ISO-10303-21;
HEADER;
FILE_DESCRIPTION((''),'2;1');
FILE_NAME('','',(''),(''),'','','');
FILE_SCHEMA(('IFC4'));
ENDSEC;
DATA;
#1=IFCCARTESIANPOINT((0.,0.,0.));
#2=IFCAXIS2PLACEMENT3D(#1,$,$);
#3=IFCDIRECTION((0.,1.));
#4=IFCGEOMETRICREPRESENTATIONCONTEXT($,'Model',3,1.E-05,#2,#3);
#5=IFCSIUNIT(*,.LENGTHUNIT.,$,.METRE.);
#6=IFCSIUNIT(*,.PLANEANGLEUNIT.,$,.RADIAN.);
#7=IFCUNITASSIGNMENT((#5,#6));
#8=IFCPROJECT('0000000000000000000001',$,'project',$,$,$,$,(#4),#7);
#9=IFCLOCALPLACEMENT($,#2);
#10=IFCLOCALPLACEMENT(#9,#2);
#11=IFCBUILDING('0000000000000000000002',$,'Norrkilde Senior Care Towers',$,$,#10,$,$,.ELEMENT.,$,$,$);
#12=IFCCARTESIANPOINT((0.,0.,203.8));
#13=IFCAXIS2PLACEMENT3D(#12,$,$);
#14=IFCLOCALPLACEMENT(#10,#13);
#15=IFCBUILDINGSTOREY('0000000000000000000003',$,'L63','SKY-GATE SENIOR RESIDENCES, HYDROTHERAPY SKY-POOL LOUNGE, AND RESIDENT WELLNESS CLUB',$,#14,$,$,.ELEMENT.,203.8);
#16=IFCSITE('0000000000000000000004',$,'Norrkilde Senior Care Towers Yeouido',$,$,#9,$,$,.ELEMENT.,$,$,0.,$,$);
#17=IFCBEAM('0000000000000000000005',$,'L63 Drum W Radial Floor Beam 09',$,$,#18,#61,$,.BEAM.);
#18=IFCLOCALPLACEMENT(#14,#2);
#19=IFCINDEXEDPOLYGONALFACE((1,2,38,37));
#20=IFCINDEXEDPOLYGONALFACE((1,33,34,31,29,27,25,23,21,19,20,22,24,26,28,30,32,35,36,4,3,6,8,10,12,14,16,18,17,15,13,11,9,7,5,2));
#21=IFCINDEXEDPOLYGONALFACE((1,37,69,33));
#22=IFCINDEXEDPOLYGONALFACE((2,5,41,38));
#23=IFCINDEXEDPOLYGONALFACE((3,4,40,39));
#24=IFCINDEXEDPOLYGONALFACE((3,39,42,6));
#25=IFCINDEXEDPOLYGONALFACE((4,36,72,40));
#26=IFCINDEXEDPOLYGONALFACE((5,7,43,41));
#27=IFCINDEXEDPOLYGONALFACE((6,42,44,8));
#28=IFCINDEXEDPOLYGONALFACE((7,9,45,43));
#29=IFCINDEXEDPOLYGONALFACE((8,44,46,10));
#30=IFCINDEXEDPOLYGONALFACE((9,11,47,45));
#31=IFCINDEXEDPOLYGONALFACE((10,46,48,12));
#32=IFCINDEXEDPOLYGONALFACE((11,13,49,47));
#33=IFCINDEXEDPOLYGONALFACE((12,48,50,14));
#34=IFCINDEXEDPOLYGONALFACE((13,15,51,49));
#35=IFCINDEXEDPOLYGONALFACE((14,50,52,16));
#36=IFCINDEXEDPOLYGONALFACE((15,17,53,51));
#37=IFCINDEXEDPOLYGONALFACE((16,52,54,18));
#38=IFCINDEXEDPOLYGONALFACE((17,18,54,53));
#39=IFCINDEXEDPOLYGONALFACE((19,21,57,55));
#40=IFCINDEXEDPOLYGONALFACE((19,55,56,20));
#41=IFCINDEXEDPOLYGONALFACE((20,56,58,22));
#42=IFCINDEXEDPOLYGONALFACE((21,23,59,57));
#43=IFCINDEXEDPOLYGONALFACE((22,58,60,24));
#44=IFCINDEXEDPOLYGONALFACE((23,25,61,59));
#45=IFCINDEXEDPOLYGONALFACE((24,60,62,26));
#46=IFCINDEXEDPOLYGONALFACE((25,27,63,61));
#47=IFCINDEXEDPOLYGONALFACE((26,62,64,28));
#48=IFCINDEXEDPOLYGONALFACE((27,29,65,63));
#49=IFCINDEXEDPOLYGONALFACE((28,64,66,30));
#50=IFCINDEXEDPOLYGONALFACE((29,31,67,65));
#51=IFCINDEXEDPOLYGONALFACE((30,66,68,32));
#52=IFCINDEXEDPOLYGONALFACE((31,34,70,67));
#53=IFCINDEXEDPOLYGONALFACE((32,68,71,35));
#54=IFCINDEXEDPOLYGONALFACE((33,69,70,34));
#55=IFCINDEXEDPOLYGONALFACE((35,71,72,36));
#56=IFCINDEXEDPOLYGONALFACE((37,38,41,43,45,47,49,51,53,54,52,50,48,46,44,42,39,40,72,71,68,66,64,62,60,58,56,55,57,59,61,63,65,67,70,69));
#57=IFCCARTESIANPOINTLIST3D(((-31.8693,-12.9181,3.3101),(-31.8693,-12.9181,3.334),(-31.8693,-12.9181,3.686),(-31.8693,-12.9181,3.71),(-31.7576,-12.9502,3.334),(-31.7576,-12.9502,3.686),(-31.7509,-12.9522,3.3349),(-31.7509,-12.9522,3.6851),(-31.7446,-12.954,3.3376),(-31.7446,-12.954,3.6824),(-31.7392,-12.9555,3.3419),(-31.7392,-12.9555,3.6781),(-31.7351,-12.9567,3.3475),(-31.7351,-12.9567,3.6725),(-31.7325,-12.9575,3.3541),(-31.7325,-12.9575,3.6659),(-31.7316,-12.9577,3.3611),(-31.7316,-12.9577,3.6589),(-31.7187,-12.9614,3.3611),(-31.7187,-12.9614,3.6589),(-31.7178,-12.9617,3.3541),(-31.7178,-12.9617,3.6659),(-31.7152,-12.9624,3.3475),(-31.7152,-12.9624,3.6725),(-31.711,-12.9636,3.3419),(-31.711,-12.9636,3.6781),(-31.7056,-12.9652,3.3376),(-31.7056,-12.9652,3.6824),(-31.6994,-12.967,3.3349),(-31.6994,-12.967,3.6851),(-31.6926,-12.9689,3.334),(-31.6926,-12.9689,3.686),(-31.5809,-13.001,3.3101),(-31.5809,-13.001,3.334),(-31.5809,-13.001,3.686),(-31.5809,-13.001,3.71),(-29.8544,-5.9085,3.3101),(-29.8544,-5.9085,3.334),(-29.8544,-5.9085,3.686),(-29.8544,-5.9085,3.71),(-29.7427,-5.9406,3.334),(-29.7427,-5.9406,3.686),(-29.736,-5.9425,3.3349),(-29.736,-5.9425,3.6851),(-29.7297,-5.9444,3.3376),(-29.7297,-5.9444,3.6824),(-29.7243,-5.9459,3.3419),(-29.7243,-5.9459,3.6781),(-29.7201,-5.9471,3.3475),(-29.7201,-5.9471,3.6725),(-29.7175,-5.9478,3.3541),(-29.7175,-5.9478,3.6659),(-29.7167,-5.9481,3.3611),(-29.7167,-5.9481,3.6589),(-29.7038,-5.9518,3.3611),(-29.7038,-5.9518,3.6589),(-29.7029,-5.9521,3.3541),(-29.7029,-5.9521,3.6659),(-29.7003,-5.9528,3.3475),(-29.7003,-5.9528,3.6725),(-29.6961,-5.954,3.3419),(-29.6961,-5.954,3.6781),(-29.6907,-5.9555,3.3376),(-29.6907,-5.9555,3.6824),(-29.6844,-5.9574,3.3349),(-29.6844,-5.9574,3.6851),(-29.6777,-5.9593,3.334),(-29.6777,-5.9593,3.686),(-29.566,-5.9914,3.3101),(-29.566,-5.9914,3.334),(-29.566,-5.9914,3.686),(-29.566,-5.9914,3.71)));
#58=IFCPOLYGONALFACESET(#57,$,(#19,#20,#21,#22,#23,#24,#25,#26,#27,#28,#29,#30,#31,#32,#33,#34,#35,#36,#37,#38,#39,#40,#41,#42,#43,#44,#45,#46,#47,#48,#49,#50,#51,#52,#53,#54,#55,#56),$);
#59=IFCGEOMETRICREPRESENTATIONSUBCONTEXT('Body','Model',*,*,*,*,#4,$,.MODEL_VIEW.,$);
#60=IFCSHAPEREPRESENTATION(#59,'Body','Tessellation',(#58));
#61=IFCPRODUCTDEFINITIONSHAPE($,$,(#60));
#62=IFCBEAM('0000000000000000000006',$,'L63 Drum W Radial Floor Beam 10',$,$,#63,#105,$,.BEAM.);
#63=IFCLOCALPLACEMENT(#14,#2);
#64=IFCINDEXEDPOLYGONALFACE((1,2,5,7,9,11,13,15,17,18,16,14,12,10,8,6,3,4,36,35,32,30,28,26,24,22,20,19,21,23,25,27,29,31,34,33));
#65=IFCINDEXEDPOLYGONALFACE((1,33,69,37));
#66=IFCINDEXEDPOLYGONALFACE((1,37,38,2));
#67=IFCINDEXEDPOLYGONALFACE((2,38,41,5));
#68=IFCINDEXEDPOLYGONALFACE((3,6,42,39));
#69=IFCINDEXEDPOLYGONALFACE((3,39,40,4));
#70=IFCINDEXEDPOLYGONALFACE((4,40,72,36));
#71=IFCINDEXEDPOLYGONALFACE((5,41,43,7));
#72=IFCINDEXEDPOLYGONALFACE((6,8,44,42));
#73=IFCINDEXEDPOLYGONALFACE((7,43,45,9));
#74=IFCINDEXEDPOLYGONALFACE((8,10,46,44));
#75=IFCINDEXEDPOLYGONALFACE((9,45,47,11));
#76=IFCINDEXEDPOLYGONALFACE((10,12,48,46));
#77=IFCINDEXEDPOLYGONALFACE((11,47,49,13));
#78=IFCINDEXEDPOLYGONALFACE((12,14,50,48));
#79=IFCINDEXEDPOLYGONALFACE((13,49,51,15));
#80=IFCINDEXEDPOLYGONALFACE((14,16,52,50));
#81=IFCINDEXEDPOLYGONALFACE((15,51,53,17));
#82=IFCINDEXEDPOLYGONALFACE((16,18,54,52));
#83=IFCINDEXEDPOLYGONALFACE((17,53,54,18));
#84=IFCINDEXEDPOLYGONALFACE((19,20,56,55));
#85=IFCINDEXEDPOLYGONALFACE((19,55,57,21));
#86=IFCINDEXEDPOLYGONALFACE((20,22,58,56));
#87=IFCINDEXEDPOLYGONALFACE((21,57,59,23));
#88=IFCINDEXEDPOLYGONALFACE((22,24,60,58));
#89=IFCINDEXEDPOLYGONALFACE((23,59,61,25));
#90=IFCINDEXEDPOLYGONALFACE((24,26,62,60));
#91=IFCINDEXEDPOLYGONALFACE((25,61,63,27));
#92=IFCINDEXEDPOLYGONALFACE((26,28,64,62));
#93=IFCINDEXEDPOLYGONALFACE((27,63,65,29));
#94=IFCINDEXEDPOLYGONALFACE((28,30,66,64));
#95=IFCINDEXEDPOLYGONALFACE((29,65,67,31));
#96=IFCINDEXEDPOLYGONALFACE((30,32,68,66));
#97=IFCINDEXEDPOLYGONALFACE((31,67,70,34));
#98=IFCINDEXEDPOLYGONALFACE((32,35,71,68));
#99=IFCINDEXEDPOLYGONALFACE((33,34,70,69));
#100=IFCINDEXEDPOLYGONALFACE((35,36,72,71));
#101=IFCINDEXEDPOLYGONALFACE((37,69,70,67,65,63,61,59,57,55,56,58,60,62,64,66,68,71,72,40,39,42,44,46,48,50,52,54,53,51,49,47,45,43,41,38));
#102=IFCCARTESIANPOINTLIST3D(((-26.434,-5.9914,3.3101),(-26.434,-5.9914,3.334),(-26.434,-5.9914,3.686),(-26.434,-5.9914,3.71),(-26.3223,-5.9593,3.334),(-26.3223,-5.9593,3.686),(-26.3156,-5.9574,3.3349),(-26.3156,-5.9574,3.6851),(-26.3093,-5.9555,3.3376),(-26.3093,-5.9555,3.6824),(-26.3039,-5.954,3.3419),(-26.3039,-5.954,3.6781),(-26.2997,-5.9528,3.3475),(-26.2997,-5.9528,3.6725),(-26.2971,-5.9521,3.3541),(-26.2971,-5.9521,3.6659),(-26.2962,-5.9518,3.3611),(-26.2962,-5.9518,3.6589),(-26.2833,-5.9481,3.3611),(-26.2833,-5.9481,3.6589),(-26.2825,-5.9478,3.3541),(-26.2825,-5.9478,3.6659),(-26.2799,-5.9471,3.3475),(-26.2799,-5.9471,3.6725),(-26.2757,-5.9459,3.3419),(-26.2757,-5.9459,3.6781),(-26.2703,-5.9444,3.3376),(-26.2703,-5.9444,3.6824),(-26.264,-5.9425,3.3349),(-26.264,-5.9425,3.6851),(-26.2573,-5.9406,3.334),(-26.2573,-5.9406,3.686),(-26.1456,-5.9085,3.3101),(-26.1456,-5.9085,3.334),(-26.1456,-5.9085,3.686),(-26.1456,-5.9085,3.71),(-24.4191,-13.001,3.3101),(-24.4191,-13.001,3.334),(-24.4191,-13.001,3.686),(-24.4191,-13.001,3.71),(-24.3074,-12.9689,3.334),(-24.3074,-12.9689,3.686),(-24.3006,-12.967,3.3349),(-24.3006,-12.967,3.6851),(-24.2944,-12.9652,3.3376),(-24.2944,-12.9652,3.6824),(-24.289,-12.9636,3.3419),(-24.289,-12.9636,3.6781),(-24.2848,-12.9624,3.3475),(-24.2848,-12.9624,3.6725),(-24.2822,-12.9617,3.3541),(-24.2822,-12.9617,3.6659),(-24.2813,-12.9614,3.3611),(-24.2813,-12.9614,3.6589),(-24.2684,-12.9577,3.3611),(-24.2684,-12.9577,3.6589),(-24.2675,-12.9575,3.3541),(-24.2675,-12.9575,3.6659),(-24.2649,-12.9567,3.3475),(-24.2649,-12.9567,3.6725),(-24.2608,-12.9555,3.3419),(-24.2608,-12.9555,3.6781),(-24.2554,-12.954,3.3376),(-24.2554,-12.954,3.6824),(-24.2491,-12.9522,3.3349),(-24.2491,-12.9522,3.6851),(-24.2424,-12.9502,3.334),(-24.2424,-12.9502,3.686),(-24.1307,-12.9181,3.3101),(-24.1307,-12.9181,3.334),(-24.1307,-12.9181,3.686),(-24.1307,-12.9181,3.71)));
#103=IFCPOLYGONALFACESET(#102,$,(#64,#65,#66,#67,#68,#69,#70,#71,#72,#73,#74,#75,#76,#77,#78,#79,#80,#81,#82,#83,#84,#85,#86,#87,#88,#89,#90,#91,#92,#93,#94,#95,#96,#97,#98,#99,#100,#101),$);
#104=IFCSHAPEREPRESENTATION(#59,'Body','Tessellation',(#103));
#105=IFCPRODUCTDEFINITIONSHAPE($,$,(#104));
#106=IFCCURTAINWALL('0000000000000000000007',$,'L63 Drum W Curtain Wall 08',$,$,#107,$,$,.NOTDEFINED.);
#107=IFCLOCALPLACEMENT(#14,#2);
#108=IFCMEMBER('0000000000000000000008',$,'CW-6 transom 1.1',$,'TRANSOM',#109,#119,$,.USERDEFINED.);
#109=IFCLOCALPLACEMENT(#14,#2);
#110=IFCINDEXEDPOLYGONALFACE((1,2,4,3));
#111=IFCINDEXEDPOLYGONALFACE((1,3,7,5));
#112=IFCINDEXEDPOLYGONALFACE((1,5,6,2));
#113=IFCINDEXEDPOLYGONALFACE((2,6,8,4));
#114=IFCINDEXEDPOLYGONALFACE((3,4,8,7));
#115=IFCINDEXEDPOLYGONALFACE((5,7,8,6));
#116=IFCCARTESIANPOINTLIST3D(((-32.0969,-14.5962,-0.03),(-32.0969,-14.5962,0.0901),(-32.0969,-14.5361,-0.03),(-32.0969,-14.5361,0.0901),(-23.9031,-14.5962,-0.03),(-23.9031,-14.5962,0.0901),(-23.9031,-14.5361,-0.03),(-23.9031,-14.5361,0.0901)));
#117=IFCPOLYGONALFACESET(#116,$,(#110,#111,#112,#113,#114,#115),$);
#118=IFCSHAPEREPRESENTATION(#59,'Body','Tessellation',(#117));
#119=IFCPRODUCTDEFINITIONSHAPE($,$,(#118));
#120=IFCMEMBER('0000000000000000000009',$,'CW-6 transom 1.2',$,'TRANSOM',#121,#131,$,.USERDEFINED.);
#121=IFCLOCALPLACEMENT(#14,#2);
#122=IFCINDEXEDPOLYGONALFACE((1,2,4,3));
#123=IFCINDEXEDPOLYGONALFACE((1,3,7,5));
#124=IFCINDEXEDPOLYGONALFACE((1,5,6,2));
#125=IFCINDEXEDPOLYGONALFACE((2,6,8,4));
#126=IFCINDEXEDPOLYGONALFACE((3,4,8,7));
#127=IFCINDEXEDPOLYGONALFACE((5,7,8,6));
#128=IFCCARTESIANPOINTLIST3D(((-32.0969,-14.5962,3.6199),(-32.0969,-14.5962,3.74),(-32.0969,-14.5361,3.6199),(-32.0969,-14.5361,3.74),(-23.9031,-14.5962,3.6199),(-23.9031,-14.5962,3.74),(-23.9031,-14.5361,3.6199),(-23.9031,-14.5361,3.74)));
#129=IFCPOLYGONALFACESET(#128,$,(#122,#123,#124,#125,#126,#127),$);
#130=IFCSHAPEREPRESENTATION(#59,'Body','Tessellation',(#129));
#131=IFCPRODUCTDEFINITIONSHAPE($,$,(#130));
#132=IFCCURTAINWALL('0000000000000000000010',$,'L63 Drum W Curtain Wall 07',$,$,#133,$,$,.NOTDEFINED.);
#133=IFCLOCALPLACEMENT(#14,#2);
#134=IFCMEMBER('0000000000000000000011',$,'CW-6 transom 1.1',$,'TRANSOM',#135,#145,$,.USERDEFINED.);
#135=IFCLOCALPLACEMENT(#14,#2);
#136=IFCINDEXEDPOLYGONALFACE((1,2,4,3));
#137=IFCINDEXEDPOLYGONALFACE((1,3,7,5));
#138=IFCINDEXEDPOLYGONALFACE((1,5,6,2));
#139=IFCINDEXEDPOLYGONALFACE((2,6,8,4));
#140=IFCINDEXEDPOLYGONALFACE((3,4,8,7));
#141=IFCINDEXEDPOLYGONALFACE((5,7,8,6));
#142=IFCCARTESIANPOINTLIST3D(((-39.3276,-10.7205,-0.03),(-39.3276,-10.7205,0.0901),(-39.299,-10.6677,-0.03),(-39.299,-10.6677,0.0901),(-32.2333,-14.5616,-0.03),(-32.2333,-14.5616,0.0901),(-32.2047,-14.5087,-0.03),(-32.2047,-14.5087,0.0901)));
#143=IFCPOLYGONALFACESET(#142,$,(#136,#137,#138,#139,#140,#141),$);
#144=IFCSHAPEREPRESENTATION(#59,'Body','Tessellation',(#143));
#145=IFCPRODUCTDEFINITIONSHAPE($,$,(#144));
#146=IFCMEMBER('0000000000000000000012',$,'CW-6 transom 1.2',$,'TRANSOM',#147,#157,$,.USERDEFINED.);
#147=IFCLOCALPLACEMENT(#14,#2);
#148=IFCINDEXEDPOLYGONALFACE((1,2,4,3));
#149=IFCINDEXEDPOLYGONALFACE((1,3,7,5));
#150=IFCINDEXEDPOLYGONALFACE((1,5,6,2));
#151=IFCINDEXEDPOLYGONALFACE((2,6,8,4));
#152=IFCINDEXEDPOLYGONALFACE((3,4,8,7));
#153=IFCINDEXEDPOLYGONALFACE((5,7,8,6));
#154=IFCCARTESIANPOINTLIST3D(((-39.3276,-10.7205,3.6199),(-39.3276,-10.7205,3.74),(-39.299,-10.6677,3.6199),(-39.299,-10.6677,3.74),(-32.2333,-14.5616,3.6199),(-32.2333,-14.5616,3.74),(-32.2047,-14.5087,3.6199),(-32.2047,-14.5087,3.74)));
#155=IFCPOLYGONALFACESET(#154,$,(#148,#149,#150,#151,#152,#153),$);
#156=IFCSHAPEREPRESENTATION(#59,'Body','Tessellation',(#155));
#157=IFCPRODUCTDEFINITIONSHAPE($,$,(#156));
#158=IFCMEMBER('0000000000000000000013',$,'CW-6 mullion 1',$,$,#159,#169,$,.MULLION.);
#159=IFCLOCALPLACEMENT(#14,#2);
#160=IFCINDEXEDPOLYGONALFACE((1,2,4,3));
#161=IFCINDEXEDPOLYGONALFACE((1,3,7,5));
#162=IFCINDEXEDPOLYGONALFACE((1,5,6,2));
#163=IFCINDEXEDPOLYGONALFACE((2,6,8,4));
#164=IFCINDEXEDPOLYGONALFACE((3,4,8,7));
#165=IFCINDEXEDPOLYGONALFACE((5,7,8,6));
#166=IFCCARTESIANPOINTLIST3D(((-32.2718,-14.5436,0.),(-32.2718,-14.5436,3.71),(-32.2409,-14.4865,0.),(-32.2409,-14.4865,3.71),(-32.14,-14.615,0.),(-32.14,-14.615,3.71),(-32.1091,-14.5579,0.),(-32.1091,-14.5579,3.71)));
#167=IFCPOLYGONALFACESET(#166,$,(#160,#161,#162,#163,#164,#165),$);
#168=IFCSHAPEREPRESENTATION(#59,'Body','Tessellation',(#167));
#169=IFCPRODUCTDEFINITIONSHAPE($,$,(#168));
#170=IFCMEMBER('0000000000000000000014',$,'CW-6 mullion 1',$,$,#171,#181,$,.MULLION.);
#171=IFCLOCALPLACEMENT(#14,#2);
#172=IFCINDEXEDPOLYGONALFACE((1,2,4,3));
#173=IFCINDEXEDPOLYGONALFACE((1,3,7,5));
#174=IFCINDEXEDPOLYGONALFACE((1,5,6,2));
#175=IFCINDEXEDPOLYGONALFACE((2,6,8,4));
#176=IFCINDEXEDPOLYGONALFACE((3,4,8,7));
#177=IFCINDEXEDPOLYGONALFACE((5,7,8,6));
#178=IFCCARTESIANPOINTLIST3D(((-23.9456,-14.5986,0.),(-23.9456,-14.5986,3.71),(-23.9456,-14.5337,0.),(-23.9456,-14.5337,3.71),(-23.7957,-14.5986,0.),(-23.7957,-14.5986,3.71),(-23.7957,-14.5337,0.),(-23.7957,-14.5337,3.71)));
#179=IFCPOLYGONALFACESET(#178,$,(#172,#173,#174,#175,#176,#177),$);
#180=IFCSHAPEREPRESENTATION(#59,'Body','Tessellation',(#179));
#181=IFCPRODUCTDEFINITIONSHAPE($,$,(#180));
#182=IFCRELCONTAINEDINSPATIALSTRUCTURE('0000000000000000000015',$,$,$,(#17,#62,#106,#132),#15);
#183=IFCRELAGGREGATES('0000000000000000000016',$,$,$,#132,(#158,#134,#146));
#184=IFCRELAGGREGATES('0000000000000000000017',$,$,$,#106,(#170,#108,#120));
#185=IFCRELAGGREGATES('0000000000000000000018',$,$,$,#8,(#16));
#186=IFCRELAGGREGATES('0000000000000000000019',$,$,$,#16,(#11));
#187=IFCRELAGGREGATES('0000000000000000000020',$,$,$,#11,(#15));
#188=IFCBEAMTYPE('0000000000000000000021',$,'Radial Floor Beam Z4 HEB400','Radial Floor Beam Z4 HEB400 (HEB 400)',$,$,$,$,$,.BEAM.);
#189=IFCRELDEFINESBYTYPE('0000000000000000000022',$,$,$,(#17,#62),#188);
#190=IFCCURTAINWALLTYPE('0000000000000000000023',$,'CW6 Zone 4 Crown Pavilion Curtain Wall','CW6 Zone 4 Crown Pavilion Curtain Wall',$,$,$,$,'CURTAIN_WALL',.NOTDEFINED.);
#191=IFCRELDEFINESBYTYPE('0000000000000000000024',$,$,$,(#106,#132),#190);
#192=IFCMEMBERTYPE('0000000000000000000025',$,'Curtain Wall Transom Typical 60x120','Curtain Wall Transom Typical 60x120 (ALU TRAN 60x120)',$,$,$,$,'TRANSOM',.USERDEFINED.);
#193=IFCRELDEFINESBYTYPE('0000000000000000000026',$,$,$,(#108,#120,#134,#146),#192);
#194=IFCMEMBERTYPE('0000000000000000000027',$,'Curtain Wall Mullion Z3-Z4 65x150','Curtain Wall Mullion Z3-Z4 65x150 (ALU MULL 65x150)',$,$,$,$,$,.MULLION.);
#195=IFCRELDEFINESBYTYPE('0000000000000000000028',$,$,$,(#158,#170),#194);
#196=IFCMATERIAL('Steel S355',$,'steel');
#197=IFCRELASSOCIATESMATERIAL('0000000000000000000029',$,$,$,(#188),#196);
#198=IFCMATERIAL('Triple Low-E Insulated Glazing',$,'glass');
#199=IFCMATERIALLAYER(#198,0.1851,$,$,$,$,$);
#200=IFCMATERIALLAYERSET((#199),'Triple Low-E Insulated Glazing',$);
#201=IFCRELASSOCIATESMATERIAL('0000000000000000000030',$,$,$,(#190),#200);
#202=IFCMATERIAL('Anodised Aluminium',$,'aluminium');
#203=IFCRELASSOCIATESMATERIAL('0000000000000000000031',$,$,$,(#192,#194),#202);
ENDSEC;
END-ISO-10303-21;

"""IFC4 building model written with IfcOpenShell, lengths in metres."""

from ifc_helpers import new_model, si_unit, direction, frame, origin, origin_2d, place, context, subcontext, project, spatial, rectangle, i_section, extrude, source, transform, mapped, material, layer, layer_set, material_profile, profile_set, type_object, type_shapes, element, aggregate, save


model = new_model("IFC4")

# Units and contexts
model_context = context("Model", 3, precision=1e-05, world=origin(), true_north=direction((0.0, 1.0)))
body_context = subcontext(model_context, "Body", "Model", "MODEL_VIEW")
ifc_project = project(units=[si_unit("LENGTHUNIT", "METRE"), si_unit("PLANEANGLEUNIT", "RADIAN")], contexts=[model_context])

# Site, building, storey
site_placement = place(None, origin())
site = spatial("IfcSite", under=ifc_project, at=site_placement, Name="Norrkilde Senior Care Towers Yeouido", CompositionType="ELEMENT", RefElevation=0.0)
building_placement = place(site_placement, origin())
building = spatial("IfcBuilding", under=site, at=building_placement, Name="Norrkilde Senior Care Towers", CompositionType="ELEMENT")
storey_placement = place(building_placement, frame((0.0, 0.0, 203.8)))
storey = spatial("IfcBuildingStorey", under=building, at=storey_placement, Name="L63", Description="SKY-GATE SENIOR RESIDENCES, HYDROTHERAPY SKY-POOL LOUNGE, AND RESIDENT WELLNESS CLUB", CompositionType="ELEMENT", Elevation=203.8)

# Beams
ifc_material_1 = material(Name="Steel S355", Category="steel")
ifc_material_profile_1 = material_profile(ifc_material_1, i_section(OverallWidth=0.3, OverallDepth=0.3999, WebThickness=0.0134, FlangeThickness=0.0239, FilletRadius=0.0271, at=origin_2d()), Name="HEB 400")
ifc_profile_set_1 = profile_set([ifc_material_profile_1], Name="Steel S355")
beam_type_1 = type_object("IfcBeamType", Name="Radial Floor Beam Z4 HEB400", Description="Radial Floor Beam Z4 HEB400 (HEB 400)", PredefinedType="BEAM", material=ifc_profile_set_1)
shared_shape_1 = source(origin(), body_context, "Body", "SweptSolid", [
    extrude(i_section(OverallWidth=0.3, OverallDepth=0.3999, WebThickness=0.0134, FlangeThickness=0.0239, FilletRadius=0.0271, at=origin_2d()), origin(), (0.0, 0.0, 1.0), 7.2935),
])
type_shapes(beam_type_1, [shared_shape_1])
for number, where, z_axis, x_axis, name in (
    (1, (-29.7102, -5.95, 3.51), (-0.276264, -0.961082, 0.0), (0.961082, -0.276264, 0.0), "L63 Drum W Radial Floor Beam 09"),
    (2, (-26.2898, -5.95, 3.51), (0.276264, -0.961082, 0.0), (0.961082, 0.276264, 0.0), "L63 Drum W Radial Floor Beam 10"),
):
    element("IfcBeam", number, at=place(storey_placement, frame(where, z_axis=z_axis, x_axis=x_axis)), inside=storey, type_object=beam_type_1, Name=name, PredefinedType="BEAM", context=body_context, shape_type="MappedRepresentation", body=[
        mapped(shared_shape_1, transform((0.0, 0.0, 0.0), x_axis=(1.0, 0.0, 0.0), y_axis=(0.0, 1.0, 0.0), z_axis=(0.0, 0.0, 1.0), scale=1.0)),
    ])

# Curtain walls, members
ifc_material_2 = material(Name="Triple Low-E Insulated Glazing", Category="glass")
ifc_layer_1 = layer(ifc_material_2, 0.1851)
ifc_layer_set_1 = layer_set([ifc_layer_1], Name="Triple Low-E Insulated Glazing")
curtain_wall_type = type_object("IfcCurtainWallType", Name="CW6 Zone 4 Crown Pavilion Curtain Wall", Description="CW6 Zone 4 Crown Pavilion Curtain Wall", ElementType="CURTAIN_WALL", PredefinedType="NOTDEFINED", material=ifc_layer_set_1)
curtain_wall_1_placement = place(storey_placement, origin())
curtain_wall_1 = element("IfcCurtainWall", 3, at=curtain_wall_1_placement, inside=storey, type_object=curtain_wall_type, Name="L63 Drum W Curtain Wall 08", PredefinedType="NOTDEFINED")
ifc_material_3 = material(Name="Anodised Aluminium", Category="aluminium")
ifc_material_profile_2 = material_profile(ifc_material_3, rectangle(XDim=0.0601, YDim=0.1201, at=origin_2d()), Name="ALU TRAN 60x120")
ifc_profile_set_2 = profile_set([ifc_material_profile_2], Name="Anodised Aluminium")
member_type_1 = type_object("IfcMemberType", Name="Curtain Wall Transom Typical 60x120", Description="Curtain Wall Transom Typical 60x120 (ALU TRAN 60x120)", ElementType="TRANSOM", PredefinedType="USERDEFINED", material=ifc_profile_set_2)
shared_shape_2 = source(origin(), body_context, "Body", "SweptSolid", [
    extrude(rectangle(XDim=0.0601, YDim=0.1201, at=origin_2d()), origin(), (0.0, 0.0, 1.0), 8.1938),
])
member_1_placement = place(storey_placement, frame((-23.9031, -14.5662, 0.03), z_axis=(-1.0, 0.0, 0.0), x_axis=(0.0, -1.0, 0.0)))
member_1 = element("IfcMember", 4, at=member_1_placement, type_object=member_type_1, Name="CW-6 transom 1.1", ObjectType="TRANSOM", PredefinedType="USERDEFINED", context=body_context, shape_type="MappedRepresentation", body=[
    mapped(shared_shape_2, transform((0.0, 0.0, 0.0), x_axis=(1.0, 0.0, 0.0), y_axis=(0.0, 1.0, 0.0), z_axis=(0.0, 0.0, 1.0), scale=1.0)),
])
member_2_placement = place(storey_placement, frame((-23.9031, -14.5662, 3.6799), z_axis=(-1.0, 0.0, 0.0), x_axis=(0.0, -1.0, 0.0)))
member_2 = element("IfcMember", 5, at=member_2_placement, type_object=member_type_1, Name="CW-6 transom 1.2", ObjectType="TRANSOM", PredefinedType="USERDEFINED", context=body_context, shape_type="MappedRepresentation", body=[
    mapped(shared_shape_2, transform((0.0, 0.0, 0.0), x_axis=(1.0, 0.0, 0.0), y_axis=(0.0, 1.0, 0.0), z_axis=(0.0, 0.0, 1.0), scale=1.0)),
])
curtain_wall_2_placement = place(storey_placement, origin())
curtain_wall_2 = element("IfcCurtainWall", 6, at=curtain_wall_2_placement, inside=storey, type_object=curtain_wall_type, Name="L63 Drum W Curtain Wall 07", PredefinedType="NOTDEFINED")
shared_shape_3 = source(origin(), body_context, "Body", "SweptSolid", [
    extrude(rectangle(XDim=0.0601, YDim=0.1201, at=origin_2d()), origin(), (0.0, 0.0, 1.0), 8.0674),
])
type_shapes(member_type_1, [shared_shape_2, shared_shape_3])
member_3_placement = place(storey_placement, frame((-32.219, -14.5352, 0.03), z_axis=(-0.879378, 0.476125, 0.0), x_axis=(-0.476125, -0.879378, 0.0)))
member_3 = element("IfcMember", 7, at=member_3_placement, type_object=member_type_1, Name="CW-6 transom 1.1", ObjectType="TRANSOM", PredefinedType="USERDEFINED", context=body_context, shape_type="MappedRepresentation", body=[
    mapped(shared_shape_3, transform((0.0, 0.0, 0.0), x_axis=(1.0, 0.0, 0.0), y_axis=(0.0, 1.0, 0.0), z_axis=(0.0, 0.0, 1.0), scale=1.0)),
])
member_4_placement = place(storey_placement, frame((-32.219, -14.5352, 3.6799), z_axis=(-0.879378, 0.476125, 0.0), x_axis=(-0.476125, -0.879378, 0.0)))
member_4 = element("IfcMember", 8, at=member_4_placement, type_object=member_type_1, Name="CW-6 transom 1.2", ObjectType="TRANSOM", PredefinedType="USERDEFINED", context=body_context, shape_type="MappedRepresentation", body=[
    mapped(shared_shape_3, transform((0.0, 0.0, 0.0), x_axis=(1.0, 0.0, 0.0), y_axis=(0.0, 1.0, 0.0), z_axis=(0.0, 0.0, 1.0), scale=1.0)),
])
ifc_material_profile_3 = material_profile(ifc_material_3, rectangle(XDim=0.0649, YDim=0.1499, at=origin_2d()), Name="ALU MULL 65x150")
ifc_profile_set_3 = profile_set([ifc_material_profile_3], Name="Anodised Aluminium")
member_type_2 = type_object("IfcMemberType", Name="Curtain Wall Mullion Z3-Z4 65x150", Description="Curtain Wall Mullion Z3-Z4 65x150 (ALU MULL 65x150)", PredefinedType="MULLION", material=ifc_profile_set_3)
shared_shape_4 = source(origin(), body_context, "Body", "SweptSolid", [
    extrude(rectangle(XDim=0.0649, YDim=0.1499, at=origin_2d()), origin(), (0.0, 0.0, 1.0), 3.71),
])
type_shapes(member_type_2, [shared_shape_4])
member_5_placement = place(storey_placement, frame((-32.1904, -14.5508, 0.0), z_axis=(0.0, 0.0, 1.0), x_axis=(-0.476133, -0.879373, 0.0)))
member_5 = element("IfcMember", 9, at=member_5_placement, type_object=member_type_2, Name="CW-6 mullion 1", PredefinedType="MULLION", context=body_context, shape_type="MappedRepresentation", body=[
    mapped(shared_shape_4, transform((0.0, 0.0, 0.0), x_axis=(1.0, 0.0, 0.0), y_axis=(0.0, 1.0, 0.0), z_axis=(0.0, 0.0, 1.0), scale=1.0)),
])
aggregate(curtain_wall_2, [member_5, member_3, member_4])

# Member
member_6_placement = place(storey_placement, frame((-23.8706, -14.5662, 0.0), z_axis=(0.0, 0.0, 1.0), x_axis=(0.0, -1.0, 0.0)))
member_6 = element("IfcMember", 10, at=member_6_placement, type_object=member_type_2, Name="CW-6 mullion 1", PredefinedType="MULLION", context=body_context, shape_type="MappedRepresentation", body=[
    mapped(shared_shape_4, transform((0.0, 0.0, 0.0), x_axis=(1.0, 0.0, 0.0), y_axis=(0.0, 1.0, 0.0), z_axis=(0.0, 0.0, 1.0), scale=1.0)),
])

aggregate(curtain_wall_1, [member_6, member_1, member_2])

save(model, "model.ifc")
